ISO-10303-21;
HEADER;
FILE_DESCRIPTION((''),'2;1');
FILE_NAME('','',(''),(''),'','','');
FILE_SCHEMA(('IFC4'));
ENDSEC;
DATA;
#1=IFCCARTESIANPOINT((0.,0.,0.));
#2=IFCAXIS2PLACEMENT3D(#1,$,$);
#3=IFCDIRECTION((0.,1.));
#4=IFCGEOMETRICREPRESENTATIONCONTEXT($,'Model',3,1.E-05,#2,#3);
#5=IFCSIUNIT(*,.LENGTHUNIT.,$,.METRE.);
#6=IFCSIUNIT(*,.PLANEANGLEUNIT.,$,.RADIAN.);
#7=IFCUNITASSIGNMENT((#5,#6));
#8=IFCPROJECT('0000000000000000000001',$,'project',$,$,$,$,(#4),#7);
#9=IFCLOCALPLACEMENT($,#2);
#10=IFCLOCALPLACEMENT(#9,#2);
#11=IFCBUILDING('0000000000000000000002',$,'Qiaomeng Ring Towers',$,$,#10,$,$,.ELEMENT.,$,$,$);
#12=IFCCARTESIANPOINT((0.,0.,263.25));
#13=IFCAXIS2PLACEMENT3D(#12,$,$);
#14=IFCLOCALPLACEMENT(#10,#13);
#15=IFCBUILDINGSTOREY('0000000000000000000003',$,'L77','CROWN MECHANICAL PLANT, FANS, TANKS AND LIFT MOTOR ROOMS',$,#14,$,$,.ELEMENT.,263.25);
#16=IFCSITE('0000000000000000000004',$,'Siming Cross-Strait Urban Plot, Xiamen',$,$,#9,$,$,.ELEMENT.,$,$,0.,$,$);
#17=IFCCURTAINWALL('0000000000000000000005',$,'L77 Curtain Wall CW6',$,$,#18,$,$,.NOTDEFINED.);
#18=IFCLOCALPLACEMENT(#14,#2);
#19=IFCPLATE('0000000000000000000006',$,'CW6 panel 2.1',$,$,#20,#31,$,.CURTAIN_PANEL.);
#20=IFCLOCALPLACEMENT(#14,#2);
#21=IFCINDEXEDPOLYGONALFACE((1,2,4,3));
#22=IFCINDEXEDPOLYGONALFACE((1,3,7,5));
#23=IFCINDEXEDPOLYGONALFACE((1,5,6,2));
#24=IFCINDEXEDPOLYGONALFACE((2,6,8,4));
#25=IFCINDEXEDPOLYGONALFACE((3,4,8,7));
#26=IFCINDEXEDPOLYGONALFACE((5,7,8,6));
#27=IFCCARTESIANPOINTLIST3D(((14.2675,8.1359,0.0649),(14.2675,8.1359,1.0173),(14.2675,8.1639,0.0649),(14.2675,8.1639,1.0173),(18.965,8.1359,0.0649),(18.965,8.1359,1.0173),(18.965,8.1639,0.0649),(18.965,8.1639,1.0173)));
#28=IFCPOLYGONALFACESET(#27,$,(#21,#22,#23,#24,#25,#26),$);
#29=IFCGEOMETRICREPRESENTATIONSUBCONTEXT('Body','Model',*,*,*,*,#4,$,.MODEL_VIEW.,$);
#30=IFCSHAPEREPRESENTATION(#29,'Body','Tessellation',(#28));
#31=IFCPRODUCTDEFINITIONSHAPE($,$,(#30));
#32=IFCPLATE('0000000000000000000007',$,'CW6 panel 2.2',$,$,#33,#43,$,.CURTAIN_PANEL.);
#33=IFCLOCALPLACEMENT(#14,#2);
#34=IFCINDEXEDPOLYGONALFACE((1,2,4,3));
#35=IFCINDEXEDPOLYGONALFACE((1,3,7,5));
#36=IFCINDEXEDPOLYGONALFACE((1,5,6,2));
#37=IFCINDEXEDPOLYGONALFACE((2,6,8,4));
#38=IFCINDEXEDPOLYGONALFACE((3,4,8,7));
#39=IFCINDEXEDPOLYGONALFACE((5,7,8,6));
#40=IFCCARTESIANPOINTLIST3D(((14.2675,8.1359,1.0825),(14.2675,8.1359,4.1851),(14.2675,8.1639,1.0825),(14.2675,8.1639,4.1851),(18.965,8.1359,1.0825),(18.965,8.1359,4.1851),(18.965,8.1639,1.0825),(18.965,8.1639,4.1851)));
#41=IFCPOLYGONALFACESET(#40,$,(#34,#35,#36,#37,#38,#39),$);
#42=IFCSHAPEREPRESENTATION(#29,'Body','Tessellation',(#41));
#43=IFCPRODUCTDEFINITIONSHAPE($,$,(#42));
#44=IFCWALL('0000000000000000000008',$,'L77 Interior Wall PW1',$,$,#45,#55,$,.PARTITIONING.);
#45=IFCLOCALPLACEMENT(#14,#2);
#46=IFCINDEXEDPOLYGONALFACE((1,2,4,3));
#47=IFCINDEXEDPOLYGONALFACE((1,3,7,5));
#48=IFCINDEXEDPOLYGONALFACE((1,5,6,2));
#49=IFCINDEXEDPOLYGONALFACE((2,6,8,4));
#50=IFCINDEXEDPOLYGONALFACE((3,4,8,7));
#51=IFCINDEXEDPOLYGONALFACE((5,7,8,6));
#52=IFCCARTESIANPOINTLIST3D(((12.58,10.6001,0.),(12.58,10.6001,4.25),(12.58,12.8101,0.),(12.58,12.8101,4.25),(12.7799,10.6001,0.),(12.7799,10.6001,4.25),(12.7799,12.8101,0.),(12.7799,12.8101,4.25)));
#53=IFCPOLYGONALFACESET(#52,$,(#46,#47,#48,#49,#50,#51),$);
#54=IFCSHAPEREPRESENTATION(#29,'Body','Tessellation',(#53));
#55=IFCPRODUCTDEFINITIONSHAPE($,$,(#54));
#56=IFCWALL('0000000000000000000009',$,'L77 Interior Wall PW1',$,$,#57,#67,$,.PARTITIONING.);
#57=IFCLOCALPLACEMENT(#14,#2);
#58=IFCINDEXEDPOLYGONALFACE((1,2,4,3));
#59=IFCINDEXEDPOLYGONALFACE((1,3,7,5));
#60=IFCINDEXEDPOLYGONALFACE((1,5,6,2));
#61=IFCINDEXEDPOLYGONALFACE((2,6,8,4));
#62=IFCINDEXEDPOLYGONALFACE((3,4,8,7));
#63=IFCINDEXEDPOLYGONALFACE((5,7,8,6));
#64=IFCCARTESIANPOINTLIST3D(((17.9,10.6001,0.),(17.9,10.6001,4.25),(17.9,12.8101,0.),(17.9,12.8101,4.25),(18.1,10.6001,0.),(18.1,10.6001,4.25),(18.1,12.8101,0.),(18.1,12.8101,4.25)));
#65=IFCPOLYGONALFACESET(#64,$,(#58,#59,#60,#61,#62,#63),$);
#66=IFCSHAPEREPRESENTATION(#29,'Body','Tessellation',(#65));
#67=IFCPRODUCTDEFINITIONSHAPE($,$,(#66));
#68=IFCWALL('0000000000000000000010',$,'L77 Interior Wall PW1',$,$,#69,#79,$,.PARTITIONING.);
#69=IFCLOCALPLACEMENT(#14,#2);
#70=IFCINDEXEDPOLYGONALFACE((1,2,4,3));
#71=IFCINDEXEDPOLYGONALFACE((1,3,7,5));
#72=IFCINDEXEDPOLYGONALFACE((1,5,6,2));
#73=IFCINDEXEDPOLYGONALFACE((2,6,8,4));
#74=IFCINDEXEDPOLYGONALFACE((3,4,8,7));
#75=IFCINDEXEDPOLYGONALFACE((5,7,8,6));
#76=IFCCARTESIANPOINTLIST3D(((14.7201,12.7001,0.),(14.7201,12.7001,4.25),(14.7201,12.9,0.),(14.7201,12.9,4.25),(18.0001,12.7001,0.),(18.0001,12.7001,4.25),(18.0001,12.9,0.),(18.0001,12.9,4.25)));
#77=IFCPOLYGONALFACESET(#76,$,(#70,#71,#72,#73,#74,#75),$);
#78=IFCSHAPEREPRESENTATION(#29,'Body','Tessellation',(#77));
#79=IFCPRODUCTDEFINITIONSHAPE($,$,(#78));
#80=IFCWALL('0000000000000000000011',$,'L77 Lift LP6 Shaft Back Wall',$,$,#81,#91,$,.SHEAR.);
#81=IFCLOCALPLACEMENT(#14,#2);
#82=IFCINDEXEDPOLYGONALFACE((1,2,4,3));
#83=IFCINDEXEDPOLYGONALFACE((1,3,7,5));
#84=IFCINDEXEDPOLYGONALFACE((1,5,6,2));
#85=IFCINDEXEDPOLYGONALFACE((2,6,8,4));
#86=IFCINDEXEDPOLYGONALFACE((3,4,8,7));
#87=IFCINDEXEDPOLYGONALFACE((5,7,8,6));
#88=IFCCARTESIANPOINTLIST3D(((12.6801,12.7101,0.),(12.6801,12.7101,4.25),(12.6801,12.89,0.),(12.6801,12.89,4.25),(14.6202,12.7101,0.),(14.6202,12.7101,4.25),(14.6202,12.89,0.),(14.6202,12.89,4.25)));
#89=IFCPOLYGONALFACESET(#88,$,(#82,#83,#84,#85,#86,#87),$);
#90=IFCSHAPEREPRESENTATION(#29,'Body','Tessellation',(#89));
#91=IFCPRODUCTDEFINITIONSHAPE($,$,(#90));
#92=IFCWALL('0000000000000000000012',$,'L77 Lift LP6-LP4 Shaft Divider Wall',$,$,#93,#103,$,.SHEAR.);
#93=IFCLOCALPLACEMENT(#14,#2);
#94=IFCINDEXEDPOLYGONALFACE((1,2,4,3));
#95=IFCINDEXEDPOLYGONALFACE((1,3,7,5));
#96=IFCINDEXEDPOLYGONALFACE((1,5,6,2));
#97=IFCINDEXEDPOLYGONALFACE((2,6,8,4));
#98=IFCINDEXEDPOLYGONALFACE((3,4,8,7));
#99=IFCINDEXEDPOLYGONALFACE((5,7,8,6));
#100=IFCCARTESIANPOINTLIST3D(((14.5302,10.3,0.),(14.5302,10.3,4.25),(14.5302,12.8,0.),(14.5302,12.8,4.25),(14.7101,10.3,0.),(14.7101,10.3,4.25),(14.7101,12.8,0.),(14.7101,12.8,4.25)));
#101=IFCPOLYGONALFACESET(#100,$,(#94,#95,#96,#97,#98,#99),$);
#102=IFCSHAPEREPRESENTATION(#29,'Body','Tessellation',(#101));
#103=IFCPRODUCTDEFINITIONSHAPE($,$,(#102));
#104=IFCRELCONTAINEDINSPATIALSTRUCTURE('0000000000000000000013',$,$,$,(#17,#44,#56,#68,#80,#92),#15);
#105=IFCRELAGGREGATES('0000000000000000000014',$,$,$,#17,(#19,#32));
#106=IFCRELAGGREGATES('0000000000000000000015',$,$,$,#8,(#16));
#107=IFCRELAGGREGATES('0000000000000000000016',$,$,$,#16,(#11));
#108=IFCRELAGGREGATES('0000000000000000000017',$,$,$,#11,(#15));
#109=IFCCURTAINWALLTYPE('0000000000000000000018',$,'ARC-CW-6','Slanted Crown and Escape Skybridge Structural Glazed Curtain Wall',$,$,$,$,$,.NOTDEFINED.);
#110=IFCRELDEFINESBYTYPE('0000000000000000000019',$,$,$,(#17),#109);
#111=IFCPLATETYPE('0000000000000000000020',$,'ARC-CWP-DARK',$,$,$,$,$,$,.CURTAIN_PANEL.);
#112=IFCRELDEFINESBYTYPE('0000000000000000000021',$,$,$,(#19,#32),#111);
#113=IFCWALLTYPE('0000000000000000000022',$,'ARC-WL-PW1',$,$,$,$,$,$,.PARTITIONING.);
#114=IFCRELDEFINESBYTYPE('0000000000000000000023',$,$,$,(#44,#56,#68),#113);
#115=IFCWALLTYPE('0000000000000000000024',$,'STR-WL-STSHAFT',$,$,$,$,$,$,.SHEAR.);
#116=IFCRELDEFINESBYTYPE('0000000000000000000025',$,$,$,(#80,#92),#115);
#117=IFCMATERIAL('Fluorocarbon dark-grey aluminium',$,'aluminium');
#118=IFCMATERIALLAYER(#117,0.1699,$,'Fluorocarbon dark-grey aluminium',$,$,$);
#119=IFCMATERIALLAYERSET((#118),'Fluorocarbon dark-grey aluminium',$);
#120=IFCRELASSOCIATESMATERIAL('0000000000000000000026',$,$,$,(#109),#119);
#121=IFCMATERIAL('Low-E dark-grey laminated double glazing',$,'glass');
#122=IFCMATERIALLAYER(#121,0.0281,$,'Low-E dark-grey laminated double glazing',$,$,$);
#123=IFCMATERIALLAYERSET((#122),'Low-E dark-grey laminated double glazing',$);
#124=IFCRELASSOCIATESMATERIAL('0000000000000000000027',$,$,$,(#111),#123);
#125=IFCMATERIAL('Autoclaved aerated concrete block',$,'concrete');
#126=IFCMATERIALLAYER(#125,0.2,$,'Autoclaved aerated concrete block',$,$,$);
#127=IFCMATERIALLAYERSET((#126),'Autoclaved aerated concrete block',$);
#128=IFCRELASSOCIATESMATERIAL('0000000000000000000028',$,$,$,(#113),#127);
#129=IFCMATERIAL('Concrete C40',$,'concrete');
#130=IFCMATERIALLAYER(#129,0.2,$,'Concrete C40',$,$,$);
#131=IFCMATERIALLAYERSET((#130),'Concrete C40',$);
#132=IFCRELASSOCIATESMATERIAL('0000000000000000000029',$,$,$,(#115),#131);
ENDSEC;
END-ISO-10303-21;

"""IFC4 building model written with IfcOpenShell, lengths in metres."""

from ifc_helpers import new_model, si_unit, direction, frame, frame_2d, origin, origin_2d, place, context, subcontext, project, spatial, rectangle, extrude, source, transform, mapped, material, layer, layer_set, type_object, element, aggregate, save


model = new_model("IFC4")

# Units and contexts
model_context = context("Model", 3, precision=1e-05, world=origin(), true_north=direction((0.0, 1.0)))
body_context = subcontext(model_context, "Body", "Model", "MODEL_VIEW")
ifc_project = project(units=[si_unit("LENGTHUNIT", "METRE"), si_unit("PLANEANGLEUNIT", "RADIAN")], contexts=[model_context])

# Site, building, storey
site_placement = place(None, origin())
site = spatial("IfcSite", under=ifc_project, at=site_placement, Name="Siming Cross-Strait Urban Plot, Xiamen", CompositionType="ELEMENT", RefElevation=0.0)
building_placement = place(site_placement, origin())
building = spatial("IfcBuilding", under=site, at=building_placement, Name="Qiaomeng Ring Towers", CompositionType="ELEMENT")
storey_placement = place(building_placement, frame((0.0, 0.0, 263.25)))
storey = spatial("IfcBuildingStorey", under=building, at=storey_placement, Name="L77", Description="CROWN MECHANICAL PLANT, FANS, TANKS AND LIFT MOTOR ROOMS", CompositionType="ELEMENT", Elevation=263.25)

# Curtain wall, plates
ifc_material_1 = material(Name="Fluorocarbon dark-grey aluminium", Category="aluminium")
ifc_layer_1 = layer(ifc_material_1, 0.1699, Name="Fluorocarbon dark-grey aluminium")
ifc_layer_set_1 = layer_set([ifc_layer_1], Name="Fluorocarbon dark-grey aluminium")
curtain_wall_type = type_object("IfcCurtainWallType", Name="ARC-CW-6", Description="Slanted Crown and Escape Skybridge Structural Glazed Curtain Wall", PredefinedType="NOTDEFINED", material=ifc_layer_set_1)
curtain_wall_placement = place(storey_placement, origin())
curtain_wall = element("IfcCurtainWall", 1, at=curtain_wall_placement, inside=storey, type_object=curtain_wall_type, Name="L77 Curtain Wall CW6", PredefinedType="NOTDEFINED")
ifc_material_2 = material(Name="Low-E dark-grey laminated double glazing", Category="glass")
ifc_layer_2 = layer(ifc_material_2, 0.0281, Name="Low-E dark-grey laminated double glazing")
ifc_layer_set_2 = layer_set([ifc_layer_2], Name="Low-E dark-grey laminated double glazing")
plate_type = type_object("IfcPlateType", Name="ARC-CWP-DARK", PredefinedType="CURTAIN_PANEL", material=ifc_layer_set_2)
shared_shape_1 = source(origin(), body_context, "Body", "SweptSolid", [
    extrude(rectangle(XDim=4.6975, YDim=0.0281, at=origin_2d()), origin(), (0.0, 0.0, 1.0), 0.9524),
])
plate_1_placement = place(storey_placement, frame((16.6162, 8.1499, 0.0649), z_axis=(0.0, 0.0, 1.0), x_axis=(1.0, 0.0, 0.0)))
plate_1 = element("IfcPlate", 2, at=plate_1_placement, type_object=plate_type, Name="CW6 panel 2.1", PredefinedType="CURTAIN_PANEL", context=body_context, shape_type="MappedRepresentation", body=[
    mapped(shared_shape_1, transform((0.0, 0.0, 0.0), x_axis=(1.0, 0.0, 0.0), y_axis=(0.0, 1.0, 0.0), z_axis=(0.0, 0.0, 1.0), scale=1.0)),
])
shared_shape_2 = source(origin(), body_context, "Body", "SweptSolid", [
    extrude(rectangle(XDim=4.6975, YDim=0.0281, at=origin_2d()), origin(), (0.0, 0.0, 1.0), 3.1025),
])
plate_2_placement = place(storey_placement, frame((16.6162, 8.1499, 1.0825), z_axis=(0.0, 0.0, 1.0), x_axis=(1.0, 0.0, 0.0)))
plate_2 = element("IfcPlate", 3, at=plate_2_placement, type_object=plate_type, Name="CW6 panel 2.2", PredefinedType="CURTAIN_PANEL", context=body_context, shape_type="MappedRepresentation", body=[
    mapped(shared_shape_2, transform((0.0, 0.0, 0.0), x_axis=(1.0, 0.0, 0.0), y_axis=(0.0, 1.0, 0.0), z_axis=(0.0, 0.0, 1.0), scale=1.0)),
])
aggregate(curtain_wall, [plate_1, plate_2])

# Walls
ifc_material_3 = material(Name="Autoclaved aerated concrete block", Category="concrete")
ifc_layer_3 = layer(ifc_material_3, 0.2, Name="Autoclaved aerated concrete block")
ifc_layer_set_3 = layer_set([ifc_layer_3], Name="Autoclaved aerated concrete block")
wall_type_1 = type_object("IfcWallType", Name="ARC-WL-PW1", PredefinedType="PARTITIONING", material=ifc_layer_set_3)
for number, where, z_axis, x_axis, name in (
    (4, (12.6799, 10.6001, 0.0), (0.0, 0.0, 1.0), (0.0, 1.0, 0.0), "L77 Interior Wall PW1"),
    (5, (18.0, 10.6001, 0.0), (0.0, 0.0, 1.0), (0.0, 1.0, 0.0), "L77 Interior Wall PW1"),
):
    element("IfcWall", number, at=place(storey_placement, frame(where, z_axis=z_axis, x_axis=x_axis)), inside=storey, type_object=wall_type_1, Name=name, PredefinedType="PARTITIONING", context=body_context, shape_type="SweptSolid", body=[
        extrude(rectangle(XDim=2.21, YDim=0.2, at=frame_2d((1.105, 0.0))), origin(), (0.0, 0.0, 1.0), 4.25),
    ])
wall_1_placement = place(storey_placement, frame((14.72, 12.8, 0.0), z_axis=(0.0, 0.0, 1.0), x_axis=(1.0, 0.0, 0.0)))
element("IfcWall", 6, at=wall_1_placement, inside=storey, type_object=wall_type_1, Name="L77 Interior Wall PW1", PredefinedType="PARTITIONING", context=body_context, shape_type="SweptSolid", body=[
    extrude(rectangle(XDim=3.28, YDim=0.2, at=frame_2d((1.6401, 0.0))), origin(), (0.0, 0.0, 1.0), 4.25),
])
ifc_material_4 = material(Name="Concrete C40", Category="concrete")
ifc_layer_4 = layer(ifc_material_4, 0.2, Name="Concrete C40")
ifc_layer_set_4 = layer_set([ifc_layer_4], Name="Concrete C40")
wall_type_2 = type_object("IfcWallType", Name="STR-WL-STSHAFT", PredefinedType="SHEAR", material=ifc_layer_set_4)
wall_2_placement = place(storey_placement, frame((12.6799, 12.8, 0.0), z_axis=(0.0, 0.0, 1.0), x_axis=(1.0, 0.0, 0.0)))
element("IfcWall", 7, at=wall_2_placement, inside=storey, type_object=wall_type_2, Name="L77 Lift LP6 Shaft Back Wall", PredefinedType="SHEAR", context=body_context, shape_type="SweptSolid", body=[
    extrude(rectangle(XDim=1.9402, YDim=0.1799, at=frame_2d((0.9702, 0.0))), origin(), (0.0, 0.0, 1.0), 4.25),
])
wall_3_placement = place(storey_placement, frame((14.6201, 10.3, 0.0), z_axis=(0.0, 0.0, 1.0), x_axis=(0.0, 1.0, 0.0)))
element("IfcWall", 8, at=wall_3_placement, inside=storey, type_object=wall_type_2, Name="L77 Lift LP6-LP4 Shaft Divider Wall", PredefinedType="SHEAR", context=body_context, shape_type="SweptSolid", body=[
    extrude(rectangle(XDim=2.5, YDim=0.1799, at=frame_2d((1.25, 0.0))), origin(), (0.0, 0.0, 1.0), 4.25),
])

save(model, "model.ifc")
